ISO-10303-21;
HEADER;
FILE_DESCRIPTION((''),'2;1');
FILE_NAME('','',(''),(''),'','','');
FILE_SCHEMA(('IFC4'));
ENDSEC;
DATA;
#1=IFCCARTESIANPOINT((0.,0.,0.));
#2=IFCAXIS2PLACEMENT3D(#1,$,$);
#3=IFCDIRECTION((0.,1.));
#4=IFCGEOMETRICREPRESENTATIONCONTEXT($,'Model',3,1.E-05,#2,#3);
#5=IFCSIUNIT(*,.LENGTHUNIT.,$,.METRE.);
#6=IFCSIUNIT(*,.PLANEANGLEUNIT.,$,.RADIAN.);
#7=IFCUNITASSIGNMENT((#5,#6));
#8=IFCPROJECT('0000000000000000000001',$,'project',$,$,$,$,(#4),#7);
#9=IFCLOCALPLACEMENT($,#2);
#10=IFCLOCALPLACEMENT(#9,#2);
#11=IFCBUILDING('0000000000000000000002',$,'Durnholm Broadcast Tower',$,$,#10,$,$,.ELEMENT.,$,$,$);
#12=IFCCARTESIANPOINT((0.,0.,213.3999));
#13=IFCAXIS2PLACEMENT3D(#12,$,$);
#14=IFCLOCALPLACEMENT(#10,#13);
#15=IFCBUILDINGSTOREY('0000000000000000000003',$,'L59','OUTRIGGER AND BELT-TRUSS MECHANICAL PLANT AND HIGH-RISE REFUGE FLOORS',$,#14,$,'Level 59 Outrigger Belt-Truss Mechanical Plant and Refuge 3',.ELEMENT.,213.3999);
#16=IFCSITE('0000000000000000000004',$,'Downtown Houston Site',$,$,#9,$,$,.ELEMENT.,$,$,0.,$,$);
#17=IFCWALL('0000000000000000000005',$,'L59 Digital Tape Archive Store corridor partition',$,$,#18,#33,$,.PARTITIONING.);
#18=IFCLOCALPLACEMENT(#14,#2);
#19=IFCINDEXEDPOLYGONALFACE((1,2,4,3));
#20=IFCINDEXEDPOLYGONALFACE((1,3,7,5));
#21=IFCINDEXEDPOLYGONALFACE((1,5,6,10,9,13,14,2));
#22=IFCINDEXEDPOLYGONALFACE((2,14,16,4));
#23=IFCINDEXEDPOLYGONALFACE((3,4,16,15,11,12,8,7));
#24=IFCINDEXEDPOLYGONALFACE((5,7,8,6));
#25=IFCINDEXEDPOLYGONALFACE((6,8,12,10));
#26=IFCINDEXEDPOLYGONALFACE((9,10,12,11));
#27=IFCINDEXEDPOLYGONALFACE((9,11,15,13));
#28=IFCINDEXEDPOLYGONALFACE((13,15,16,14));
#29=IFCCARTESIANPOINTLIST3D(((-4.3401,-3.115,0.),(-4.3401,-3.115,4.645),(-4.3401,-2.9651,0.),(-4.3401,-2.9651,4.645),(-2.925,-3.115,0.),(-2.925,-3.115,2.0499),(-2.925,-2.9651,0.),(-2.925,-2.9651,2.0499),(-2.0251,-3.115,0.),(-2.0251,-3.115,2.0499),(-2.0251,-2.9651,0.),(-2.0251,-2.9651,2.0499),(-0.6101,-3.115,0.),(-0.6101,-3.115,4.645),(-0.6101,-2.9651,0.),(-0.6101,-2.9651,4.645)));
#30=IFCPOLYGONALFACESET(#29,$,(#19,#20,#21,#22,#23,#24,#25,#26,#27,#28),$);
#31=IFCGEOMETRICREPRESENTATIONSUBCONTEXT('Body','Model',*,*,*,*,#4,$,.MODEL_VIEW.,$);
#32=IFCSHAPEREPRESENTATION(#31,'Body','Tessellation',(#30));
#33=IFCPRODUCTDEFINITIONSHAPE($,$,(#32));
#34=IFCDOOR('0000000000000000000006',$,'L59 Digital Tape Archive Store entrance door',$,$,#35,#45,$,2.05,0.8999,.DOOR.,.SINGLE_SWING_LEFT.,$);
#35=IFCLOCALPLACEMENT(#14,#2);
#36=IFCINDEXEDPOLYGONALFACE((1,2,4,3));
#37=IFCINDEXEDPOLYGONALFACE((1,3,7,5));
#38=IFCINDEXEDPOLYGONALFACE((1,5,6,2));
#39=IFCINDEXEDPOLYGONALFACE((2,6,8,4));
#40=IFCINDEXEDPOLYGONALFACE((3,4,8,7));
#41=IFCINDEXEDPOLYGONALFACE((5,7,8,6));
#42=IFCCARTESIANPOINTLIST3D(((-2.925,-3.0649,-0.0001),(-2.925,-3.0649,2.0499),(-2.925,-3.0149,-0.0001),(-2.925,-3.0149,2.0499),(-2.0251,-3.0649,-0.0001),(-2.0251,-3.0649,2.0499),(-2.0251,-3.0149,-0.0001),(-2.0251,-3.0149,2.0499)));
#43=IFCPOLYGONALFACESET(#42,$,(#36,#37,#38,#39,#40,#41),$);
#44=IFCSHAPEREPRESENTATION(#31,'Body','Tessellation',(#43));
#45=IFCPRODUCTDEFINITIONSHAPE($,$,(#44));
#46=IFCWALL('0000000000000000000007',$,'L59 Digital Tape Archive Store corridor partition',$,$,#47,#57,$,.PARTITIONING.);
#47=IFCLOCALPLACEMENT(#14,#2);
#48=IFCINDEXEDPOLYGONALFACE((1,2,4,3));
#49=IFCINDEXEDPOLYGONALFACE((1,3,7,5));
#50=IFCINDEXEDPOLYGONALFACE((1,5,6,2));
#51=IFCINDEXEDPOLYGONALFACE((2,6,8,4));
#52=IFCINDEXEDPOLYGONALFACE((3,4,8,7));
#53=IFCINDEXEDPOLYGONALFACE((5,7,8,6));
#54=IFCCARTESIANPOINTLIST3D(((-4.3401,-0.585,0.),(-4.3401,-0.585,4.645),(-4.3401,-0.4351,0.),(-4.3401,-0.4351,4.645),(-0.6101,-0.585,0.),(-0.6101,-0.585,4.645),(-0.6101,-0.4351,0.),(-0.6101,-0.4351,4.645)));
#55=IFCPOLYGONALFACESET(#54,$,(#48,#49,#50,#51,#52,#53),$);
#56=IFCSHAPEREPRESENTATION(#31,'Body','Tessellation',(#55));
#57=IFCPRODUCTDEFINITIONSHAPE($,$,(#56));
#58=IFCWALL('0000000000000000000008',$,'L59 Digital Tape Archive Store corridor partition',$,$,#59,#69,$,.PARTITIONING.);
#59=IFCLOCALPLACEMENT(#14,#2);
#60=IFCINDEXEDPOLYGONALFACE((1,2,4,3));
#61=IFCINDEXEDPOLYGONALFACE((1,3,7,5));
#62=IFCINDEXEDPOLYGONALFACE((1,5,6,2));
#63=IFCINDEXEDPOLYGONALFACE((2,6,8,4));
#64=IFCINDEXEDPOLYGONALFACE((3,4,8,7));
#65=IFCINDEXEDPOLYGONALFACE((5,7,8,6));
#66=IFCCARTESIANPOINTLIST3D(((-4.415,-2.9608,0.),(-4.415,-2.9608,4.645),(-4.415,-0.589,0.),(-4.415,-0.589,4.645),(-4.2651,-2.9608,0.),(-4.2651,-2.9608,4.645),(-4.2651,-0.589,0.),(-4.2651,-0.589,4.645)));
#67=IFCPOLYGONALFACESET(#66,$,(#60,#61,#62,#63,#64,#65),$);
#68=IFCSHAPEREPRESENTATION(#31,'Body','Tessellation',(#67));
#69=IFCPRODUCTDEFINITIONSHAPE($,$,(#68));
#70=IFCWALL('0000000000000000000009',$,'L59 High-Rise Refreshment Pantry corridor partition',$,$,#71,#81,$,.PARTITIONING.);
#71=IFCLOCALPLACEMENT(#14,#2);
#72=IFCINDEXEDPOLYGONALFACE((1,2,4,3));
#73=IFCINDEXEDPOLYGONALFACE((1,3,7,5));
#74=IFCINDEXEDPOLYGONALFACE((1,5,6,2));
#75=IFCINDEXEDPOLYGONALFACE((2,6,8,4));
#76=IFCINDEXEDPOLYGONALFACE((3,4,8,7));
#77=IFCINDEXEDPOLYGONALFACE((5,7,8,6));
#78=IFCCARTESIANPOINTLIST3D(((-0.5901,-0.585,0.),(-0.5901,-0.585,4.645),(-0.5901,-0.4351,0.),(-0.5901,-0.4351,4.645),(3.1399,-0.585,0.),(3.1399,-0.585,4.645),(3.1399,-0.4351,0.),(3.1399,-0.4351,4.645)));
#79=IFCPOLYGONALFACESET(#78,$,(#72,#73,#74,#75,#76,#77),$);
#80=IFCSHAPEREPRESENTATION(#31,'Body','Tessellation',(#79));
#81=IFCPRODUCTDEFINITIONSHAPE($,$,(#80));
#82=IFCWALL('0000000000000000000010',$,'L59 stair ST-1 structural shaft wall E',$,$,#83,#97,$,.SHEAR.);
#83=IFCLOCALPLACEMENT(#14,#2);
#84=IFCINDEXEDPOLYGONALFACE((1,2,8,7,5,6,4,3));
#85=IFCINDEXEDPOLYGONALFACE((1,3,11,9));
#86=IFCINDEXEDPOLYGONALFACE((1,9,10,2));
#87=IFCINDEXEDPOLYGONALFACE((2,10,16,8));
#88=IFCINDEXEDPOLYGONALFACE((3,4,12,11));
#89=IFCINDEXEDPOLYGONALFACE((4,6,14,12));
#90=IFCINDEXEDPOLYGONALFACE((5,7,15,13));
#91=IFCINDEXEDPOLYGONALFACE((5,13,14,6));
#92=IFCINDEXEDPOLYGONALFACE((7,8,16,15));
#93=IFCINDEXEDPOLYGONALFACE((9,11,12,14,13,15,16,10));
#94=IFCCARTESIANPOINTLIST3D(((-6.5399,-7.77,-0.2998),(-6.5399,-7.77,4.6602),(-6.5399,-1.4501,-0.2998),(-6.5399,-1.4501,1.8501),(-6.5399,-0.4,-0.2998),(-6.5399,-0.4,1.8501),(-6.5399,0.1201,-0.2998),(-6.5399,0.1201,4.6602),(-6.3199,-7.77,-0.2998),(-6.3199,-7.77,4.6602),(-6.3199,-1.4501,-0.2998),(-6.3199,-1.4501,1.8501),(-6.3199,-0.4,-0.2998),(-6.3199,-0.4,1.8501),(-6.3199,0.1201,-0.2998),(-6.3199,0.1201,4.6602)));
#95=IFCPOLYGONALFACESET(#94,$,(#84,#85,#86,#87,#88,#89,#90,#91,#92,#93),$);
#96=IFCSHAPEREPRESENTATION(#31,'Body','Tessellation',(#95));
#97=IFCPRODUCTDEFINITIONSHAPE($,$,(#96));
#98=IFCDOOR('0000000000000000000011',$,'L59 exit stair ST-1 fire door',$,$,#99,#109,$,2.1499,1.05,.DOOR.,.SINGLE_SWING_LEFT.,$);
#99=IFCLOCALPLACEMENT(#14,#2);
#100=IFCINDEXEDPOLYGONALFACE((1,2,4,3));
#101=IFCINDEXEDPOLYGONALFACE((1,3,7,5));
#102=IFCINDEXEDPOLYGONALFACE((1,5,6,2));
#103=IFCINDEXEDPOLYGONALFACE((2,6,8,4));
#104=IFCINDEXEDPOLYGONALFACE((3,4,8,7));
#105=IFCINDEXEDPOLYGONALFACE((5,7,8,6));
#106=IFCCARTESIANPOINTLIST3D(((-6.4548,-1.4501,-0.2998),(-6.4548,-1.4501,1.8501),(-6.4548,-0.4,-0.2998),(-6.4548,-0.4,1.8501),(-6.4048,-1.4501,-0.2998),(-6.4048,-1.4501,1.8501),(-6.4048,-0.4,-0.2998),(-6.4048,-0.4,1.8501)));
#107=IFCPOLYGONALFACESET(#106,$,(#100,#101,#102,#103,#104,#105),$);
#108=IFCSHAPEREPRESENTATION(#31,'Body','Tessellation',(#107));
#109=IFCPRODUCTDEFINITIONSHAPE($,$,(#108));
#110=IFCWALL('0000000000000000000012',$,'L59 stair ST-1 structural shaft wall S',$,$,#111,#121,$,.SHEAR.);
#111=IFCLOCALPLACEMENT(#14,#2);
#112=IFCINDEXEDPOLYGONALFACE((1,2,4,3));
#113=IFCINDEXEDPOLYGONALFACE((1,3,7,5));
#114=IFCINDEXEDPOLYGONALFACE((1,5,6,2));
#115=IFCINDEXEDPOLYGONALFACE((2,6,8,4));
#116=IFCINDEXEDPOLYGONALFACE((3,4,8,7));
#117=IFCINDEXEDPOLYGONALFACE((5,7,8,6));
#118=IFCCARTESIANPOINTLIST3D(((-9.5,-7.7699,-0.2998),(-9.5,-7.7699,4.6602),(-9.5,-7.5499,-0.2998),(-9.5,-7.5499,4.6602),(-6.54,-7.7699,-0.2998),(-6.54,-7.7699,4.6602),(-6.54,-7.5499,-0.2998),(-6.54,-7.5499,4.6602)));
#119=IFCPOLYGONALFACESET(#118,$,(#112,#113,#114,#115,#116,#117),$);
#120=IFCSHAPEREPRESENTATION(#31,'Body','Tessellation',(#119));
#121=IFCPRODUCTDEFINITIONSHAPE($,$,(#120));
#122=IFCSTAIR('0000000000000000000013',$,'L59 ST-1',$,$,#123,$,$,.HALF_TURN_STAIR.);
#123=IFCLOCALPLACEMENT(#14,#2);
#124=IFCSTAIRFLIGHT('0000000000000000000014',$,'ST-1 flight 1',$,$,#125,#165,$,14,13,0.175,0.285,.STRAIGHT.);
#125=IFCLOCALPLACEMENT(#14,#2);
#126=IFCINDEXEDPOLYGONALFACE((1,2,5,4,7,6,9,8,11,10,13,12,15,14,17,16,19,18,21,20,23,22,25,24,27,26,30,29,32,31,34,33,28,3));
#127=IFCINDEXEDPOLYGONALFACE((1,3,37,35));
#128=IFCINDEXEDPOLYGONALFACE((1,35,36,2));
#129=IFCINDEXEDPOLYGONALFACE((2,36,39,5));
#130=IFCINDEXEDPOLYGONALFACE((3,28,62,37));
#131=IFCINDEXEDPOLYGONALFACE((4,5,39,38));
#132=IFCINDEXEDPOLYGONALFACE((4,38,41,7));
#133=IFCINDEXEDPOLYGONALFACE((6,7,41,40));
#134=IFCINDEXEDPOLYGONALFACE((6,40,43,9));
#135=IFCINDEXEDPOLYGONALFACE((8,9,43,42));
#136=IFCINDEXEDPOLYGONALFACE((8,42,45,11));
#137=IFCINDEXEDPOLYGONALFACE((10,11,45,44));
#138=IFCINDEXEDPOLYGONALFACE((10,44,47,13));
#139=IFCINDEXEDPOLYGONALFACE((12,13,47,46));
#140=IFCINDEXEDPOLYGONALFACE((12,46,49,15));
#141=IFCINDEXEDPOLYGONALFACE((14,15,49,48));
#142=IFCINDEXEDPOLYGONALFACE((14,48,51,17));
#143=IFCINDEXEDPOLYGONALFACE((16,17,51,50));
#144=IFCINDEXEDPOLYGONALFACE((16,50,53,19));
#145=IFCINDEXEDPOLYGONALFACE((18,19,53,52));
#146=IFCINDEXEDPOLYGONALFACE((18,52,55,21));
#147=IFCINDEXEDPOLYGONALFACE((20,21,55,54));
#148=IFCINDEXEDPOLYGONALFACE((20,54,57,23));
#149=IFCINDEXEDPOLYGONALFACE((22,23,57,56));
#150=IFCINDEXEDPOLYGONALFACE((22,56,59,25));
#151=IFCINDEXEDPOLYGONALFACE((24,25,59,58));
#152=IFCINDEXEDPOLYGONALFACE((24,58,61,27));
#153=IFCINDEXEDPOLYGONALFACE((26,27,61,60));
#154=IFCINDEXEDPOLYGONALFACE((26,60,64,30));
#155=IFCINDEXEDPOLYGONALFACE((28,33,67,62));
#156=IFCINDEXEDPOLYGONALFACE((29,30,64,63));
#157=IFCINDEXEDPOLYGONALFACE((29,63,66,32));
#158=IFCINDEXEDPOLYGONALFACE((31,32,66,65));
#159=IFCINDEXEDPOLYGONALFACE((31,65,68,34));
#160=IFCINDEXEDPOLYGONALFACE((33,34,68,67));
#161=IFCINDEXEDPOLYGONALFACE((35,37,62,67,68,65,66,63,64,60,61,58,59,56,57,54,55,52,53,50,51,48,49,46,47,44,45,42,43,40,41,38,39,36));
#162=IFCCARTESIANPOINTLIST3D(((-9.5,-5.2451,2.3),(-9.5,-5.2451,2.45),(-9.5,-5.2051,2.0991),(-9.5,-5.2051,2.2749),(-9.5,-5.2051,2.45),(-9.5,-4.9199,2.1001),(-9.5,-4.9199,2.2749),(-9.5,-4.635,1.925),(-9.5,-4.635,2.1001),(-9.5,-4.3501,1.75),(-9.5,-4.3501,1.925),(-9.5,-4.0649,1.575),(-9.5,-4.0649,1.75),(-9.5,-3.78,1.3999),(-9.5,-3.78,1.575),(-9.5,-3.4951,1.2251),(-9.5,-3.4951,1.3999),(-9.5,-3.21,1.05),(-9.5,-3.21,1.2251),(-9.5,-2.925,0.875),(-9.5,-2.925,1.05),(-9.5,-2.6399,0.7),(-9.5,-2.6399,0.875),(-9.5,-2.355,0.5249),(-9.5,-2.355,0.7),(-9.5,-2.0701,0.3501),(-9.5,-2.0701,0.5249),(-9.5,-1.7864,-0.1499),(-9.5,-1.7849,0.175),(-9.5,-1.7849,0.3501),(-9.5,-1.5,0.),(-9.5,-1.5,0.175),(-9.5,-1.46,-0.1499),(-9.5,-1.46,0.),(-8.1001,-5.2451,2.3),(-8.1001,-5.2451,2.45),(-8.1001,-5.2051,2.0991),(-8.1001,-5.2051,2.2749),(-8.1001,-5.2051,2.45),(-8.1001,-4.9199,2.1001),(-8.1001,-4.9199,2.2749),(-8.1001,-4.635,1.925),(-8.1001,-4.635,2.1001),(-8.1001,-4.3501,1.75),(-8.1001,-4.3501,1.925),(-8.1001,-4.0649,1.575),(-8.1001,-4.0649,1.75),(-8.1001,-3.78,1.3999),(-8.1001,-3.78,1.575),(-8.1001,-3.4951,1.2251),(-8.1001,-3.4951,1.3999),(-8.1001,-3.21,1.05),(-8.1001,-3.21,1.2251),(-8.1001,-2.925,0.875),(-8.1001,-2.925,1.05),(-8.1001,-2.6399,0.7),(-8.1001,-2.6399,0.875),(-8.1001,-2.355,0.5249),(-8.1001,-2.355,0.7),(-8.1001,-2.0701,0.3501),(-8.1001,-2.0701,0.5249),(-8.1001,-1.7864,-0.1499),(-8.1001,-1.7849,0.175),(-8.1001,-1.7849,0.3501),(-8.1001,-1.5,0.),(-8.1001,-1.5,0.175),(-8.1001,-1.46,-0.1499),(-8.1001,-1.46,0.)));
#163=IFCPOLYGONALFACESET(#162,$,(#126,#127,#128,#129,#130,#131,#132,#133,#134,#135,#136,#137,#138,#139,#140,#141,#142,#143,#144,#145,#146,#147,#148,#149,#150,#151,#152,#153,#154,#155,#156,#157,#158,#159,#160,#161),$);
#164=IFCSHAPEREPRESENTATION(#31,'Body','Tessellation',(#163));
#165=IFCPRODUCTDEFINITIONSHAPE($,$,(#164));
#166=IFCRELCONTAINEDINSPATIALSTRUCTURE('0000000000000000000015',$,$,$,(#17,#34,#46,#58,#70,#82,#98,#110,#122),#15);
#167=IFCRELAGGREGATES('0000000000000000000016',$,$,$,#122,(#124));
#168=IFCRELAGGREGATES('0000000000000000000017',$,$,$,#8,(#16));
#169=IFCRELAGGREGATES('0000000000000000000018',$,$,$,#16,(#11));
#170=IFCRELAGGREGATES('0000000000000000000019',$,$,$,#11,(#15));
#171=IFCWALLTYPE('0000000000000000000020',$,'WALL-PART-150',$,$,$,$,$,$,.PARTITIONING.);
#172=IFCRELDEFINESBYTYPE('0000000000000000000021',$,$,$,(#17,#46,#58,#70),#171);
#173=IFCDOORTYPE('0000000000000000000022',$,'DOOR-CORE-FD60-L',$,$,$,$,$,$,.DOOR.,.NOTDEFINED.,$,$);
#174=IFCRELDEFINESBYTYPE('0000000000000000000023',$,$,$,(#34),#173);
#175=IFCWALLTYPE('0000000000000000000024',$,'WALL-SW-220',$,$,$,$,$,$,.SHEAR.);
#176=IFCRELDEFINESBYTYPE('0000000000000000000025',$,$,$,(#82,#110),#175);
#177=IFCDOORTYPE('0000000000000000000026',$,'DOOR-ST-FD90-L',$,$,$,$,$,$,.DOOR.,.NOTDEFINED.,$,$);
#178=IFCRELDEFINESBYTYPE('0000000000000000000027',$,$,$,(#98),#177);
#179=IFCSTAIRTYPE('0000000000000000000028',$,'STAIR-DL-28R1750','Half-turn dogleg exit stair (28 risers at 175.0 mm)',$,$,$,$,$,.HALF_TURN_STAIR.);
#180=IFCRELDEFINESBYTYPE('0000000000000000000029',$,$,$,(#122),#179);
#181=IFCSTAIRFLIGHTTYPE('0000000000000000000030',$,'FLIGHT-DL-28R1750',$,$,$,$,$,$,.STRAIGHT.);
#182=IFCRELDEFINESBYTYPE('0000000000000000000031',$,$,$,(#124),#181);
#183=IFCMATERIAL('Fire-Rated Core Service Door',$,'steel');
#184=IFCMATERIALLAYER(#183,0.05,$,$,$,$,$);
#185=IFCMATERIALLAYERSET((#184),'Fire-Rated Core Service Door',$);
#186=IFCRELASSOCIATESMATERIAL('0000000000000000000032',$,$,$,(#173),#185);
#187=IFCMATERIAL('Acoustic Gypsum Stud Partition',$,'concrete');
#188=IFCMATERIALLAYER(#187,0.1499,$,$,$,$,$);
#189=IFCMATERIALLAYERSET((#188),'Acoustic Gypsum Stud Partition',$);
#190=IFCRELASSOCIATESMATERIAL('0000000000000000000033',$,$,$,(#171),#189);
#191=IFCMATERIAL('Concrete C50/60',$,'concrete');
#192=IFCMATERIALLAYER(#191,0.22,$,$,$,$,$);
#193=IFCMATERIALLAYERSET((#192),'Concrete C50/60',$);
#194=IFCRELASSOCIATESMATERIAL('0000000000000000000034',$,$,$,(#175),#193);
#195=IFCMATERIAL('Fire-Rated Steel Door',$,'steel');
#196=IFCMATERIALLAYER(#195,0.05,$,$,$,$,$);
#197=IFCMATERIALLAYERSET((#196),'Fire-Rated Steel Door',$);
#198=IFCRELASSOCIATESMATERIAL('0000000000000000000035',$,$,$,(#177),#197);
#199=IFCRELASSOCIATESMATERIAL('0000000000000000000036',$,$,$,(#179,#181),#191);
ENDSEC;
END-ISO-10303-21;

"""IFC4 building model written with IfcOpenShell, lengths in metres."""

from ifc_helpers import new_model, si_unit, direction, frame, frame_2d, origin, place, context, subcontext, project, spatial, polyline, rectangle, outline, extrude, source, transform, mapped, material, layer, layer_set, type_object, type_shapes, element, fill, aggregate, save


model = new_model("IFC4")

# Units and contexts
model_context = context("Model", 3, precision=1e-05, world=origin(), true_north=direction((0.0, 1.0)))
body_context = subcontext(model_context, "Body", "Model", "MODEL_VIEW")
ifc_project = project(units=[si_unit("LENGTHUNIT", "METRE"), si_unit("PLANEANGLEUNIT", "RADIAN")], contexts=[model_context])

# Site, building, storey
site_placement = place(None, origin())
site = spatial("IfcSite", under=ifc_project, at=site_placement, Name="Downtown Houston Site", CompositionType="ELEMENT", RefElevation=0.0)
building_placement = place(site_placement, origin())
building = spatial("IfcBuilding", under=site, at=building_placement, Name="Durnholm Broadcast Tower", CompositionType="ELEMENT")
storey_placement = place(building_placement, frame((0.0, 0.0, 213.3999)))
storey = spatial("IfcBuildingStorey", under=building, at=storey_placement, Name="L59", Description="OUTRIGGER AND BELT-TRUSS MECHANICAL PLANT AND HIGH-RISE REFUGE FLOORS", LongName="Level 59 Outrigger Belt-Truss Mechanical Plant and Refuge 3", CompositionType="ELEMENT", Elevation=213.3999)

# Shared definitions
ifc_material_1 = material(Name="Fire-Rated Core Service Door", Category="steel")
ifc_layer_1 = layer(ifc_material_1, 0.05)
ifc_layer_set_1 = layer_set([ifc_layer_1], Name="Fire-Rated Core Service Door")
door_type_1 = type_object("IfcDoorType", Name="DOOR-CORE-FD60-L", OperationType="NOTDEFINED", PredefinedType="DOOR", material=ifc_layer_set_1)
shared_shape_1 = source(origin(), body_context, "Body", "SweptSolid", [
    extrude(rectangle(XDim=0.8999, YDim=2.05, at=frame_2d((0.45, 1.0249))), frame((0.0, 0.0249, 0.0), z_axis=(0.0, -1.0, 0.0), x_axis=(1.0, 0.0, 0.0)), (0.0, 0.0, 1.0), 0.05),
])
type_shapes(door_type_1, [shared_shape_1])

# Wall, opening, door
ifc_material_2 = material(Name="Acoustic Gypsum Stud Partition", Category="concrete")
ifc_layer_2 = layer(ifc_material_2, 0.1499)
ifc_layer_set_2 = layer_set([ifc_layer_2], Name="Acoustic Gypsum Stud Partition")
wall_type_1 = type_object("IfcWallType", Name="WALL-PART-150", PredefinedType="PARTITIONING", material=ifc_layer_set_2)
wall_1_placement = place(storey_placement, frame((-0.6101, -3.04, 0.0), z_axis=(0.0, 0.0, 1.0), x_axis=(-1.0, 0.0, 0.0)))
wall_1 = element("IfcWall", 1, at=wall_1_placement, inside=storey, type_object=wall_type_1, Name="L59 Digital Tape Archive Store corridor partition", PredefinedType="PARTITIONING", context=body_context, shape_type="SweptSolid", body=[
    extrude(rectangle(XDim=3.73, YDim=0.1499, at=frame_2d((1.865, 0.0))), origin(), (0.0, 0.0, 1.0), 4.645),
])
opening_1_placement = place(wall_1_placement, frame((1.415, 0.0, 0.0)))
opening_1 = element("IfcOpeningElement", 2, at=opening_1_placement, cuts=wall_1, PredefinedType="OPENING", context=body_context, shape_type="SweptSolid", body=[
    extrude(rectangle(XDim=0.8999, YDim=2.05, at=frame_2d((0.45, 1.0249))), frame((0.0, 0.085, 0.0), z_axis=(0.0, -1.0, 0.0), x_axis=(1.0, 0.0, 0.0)), (0.0, 0.0, 1.0), 0.1699),
])
door_1_placement = place(opening_1_placement, origin())
door_1 = element("IfcDoor", 3, at=door_1_placement, inside=storey, type_object=door_type_1, Name="L59 Digital Tape Archive Store entrance door", OperationType="SINGLE_SWING_LEFT", OverallHeight=2.05, OverallWidth=0.8999, PredefinedType="DOOR", context=body_context, shape_type="MappedRepresentation", body=[
    mapped(shared_shape_1, transform((0.0, 0.0, 0.0), x_axis=(1.0, 0.0, 0.0), y_axis=(0.0, 1.0, 0.0), z_axis=(0.0, 0.0, 1.0), scale=1.0)),
])
fill(opening_1, door_1)

# Walls
wall_2_placement = place(storey_placement, frame((-4.3401, -0.51, 0.0), z_axis=(0.0, 0.0, 1.0), x_axis=(1.0, 0.0, 0.0)))
element("IfcWall", 4, at=wall_2_placement, inside=storey, type_object=wall_type_1, Name="L59 Digital Tape Archive Store corridor partition", PredefinedType="PARTITIONING", context=body_context, shape_type="SweptSolid", body=[
    extrude(rectangle(XDim=3.73, YDim=0.1499, at=frame_2d((1.865, 0.0))), origin(), (0.0, 0.0, 1.0), 4.645),
])
wall_3_placement = place(storey_placement, frame((-4.3401, -2.9609, 0.0), z_axis=(0.0, 0.0, 1.0), x_axis=(0.0, 1.0, 0.0)))
element("IfcWall", 5, at=wall_3_placement, inside=storey, type_object=wall_type_1, Name="L59 Digital Tape Archive Store corridor partition", PredefinedType="PARTITIONING", context=body_context, shape_type="SweptSolid", body=[
    extrude(rectangle(XDim=2.3718, YDim=0.1499, at=frame_2d((1.186, 0.0))), origin(), (0.0, 0.0, 1.0), 4.645),
])
wall_4_placement = place(storey_placement, frame((-0.5901, -0.51, 0.0), z_axis=(0.0, 0.0, 1.0), x_axis=(1.0, 0.0, 0.0)))
element("IfcWall", 6, at=wall_4_placement, inside=storey, type_object=wall_type_1, Name="L59 High-Rise Refreshment Pantry corridor partition", PredefinedType="PARTITIONING", context=body_context, shape_type="SweptSolid", body=[
    extrude(rectangle(XDim=3.73, YDim=0.1499, at=frame_2d((1.865, 0.0))), origin(), (0.0, 0.0, 1.0), 4.645),
])

# Wall, opening, door
ifc_material_3 = material(Name="Concrete C50/60", Category="concrete")
ifc_layer_3 = layer(ifc_material_3, 0.22)
ifc_layer_set_3 = layer_set([ifc_layer_3], Name="Concrete C50/60")
wall_type_2 = type_object("IfcWallType", Name="WALL-SW-220", PredefinedType="SHEAR", material=ifc_layer_set_3)
wall_5_placement = place(storey_placement, frame((-6.4299, -7.77, -0.2998), z_axis=(0.0, 0.0, 1.0), x_axis=(0.0, 1.0, 0.0)))
wall_5 = element("IfcWall", 7, at=wall_5_placement, inside=storey, type_object=wall_type_2, Name="L59 stair ST-1 structural shaft wall E", PredefinedType="SHEAR", context=body_context, shape_type="SweptSolid", body=[
    extrude(rectangle(XDim=7.8901, YDim=0.22, at=frame_2d((3.9451, 0.0))), origin(), (0.0, 0.0, 1.0), 4.96),
])
opening_2_placement = place(wall_5_placement, frame((6.3201, 0.0, 0.0)))
opening_2 = element("IfcOpeningElement", 8, at=opening_2_placement, cuts=wall_5, PredefinedType="OPENING", context=body_context, shape_type="SweptSolid", body=[
    extrude(rectangle(XDim=1.05, YDim=2.1499, at=frame_2d((0.5249, 1.075))), frame((0.0, 0.1201, 0.0), z_axis=(0.0, -1.0, 0.0), x_axis=(1.0, 0.0, 0.0)), (0.0, 0.0, 1.0), 0.24),
])
ifc_material_4 = material(Name="Fire-Rated Steel Door", Category="steel")
ifc_layer_4 = layer(ifc_material_4, 0.05)
ifc_layer_set_4 = layer_set([ifc_layer_4], Name="Fire-Rated Steel Door")
door_type_2 = type_object("IfcDoorType", Name="DOOR-ST-FD90-L", OperationType="NOTDEFINED", PredefinedType="DOOR", material=ifc_layer_set_4)
shared_shape_2 = source(origin(), body_context, "Body", "SweptSolid", [
    extrude(rectangle(XDim=1.05, YDim=2.1499, at=frame_2d((0.5249, 1.075))), frame((0.0, 0.0249, 0.0), z_axis=(0.0, -1.0, 0.0), x_axis=(1.0, 0.0, 0.0)), (0.0, 0.0, 1.0), 0.05),
])
type_shapes(door_type_2, [shared_shape_2])
door_2_placement = place(opening_2_placement, origin())
door_2 = element("IfcDoor", 9, at=door_2_placement, inside=storey, type_object=door_type_2, Name="L59 exit stair ST-1 fire door", OperationType="SINGLE_SWING_LEFT", OverallHeight=2.1499, OverallWidth=1.05, PredefinedType="DOOR", context=body_context, shape_type="MappedRepresentation", body=[
    mapped(shared_shape_2, transform((0.0, 0.0, 0.0), x_axis=(1.0, 0.0, 0.0), y_axis=(0.0, 1.0, 0.0), z_axis=(0.0, 0.0, 1.0), scale=1.0)),
])
fill(opening_2, door_2)

# Wall
wall_6_placement = place(storey_placement, frame((-9.5, -7.6599, -0.2998), z_axis=(0.0, 0.0, 1.0), x_axis=(1.0, 0.0, 0.0)))
element("IfcWall", 10, at=wall_6_placement, inside=storey, type_object=wall_type_2, Name="L59 stair ST-1 structural shaft wall S", PredefinedType="SHEAR", context=body_context, shape_type="SweptSolid", body=[
    extrude(rectangle(XDim=2.96, YDim=0.22, at=frame_2d((1.48, 0.0))), origin(), (0.0, 0.0, 1.0), 4.96),
])

# Stair, stair flight
stair_type = type_object("IfcStairType", Name="STAIR-DL-28R1750", Description="Half-turn dogleg exit stair (28 risers at 175.0 mm)", PredefinedType="HALF_TURN_STAIR", material=ifc_material_3)
stair_placement = place(storey_placement, origin())
stair = element("IfcStair", 11, at=stair_placement, inside=storey, type_object=stair_type, Name="L59 ST-1", PredefinedType="HALF_TURN_STAIR")
stair_flight_type = type_object("IfcStairFlightType", Name="FLIGHT-DL-28R1750", PredefinedType="STRAIGHT", material=ifc_material_3)
stair_flight_1_placement = place(storey_placement, frame((-8.8, -1.5, 0.0), z_axis=(0.0, 0.0, 1.0), x_axis=(0.0, -1.0, 0.0)))
stair_flight_1 = element("IfcStairFlight", 12, at=stair_flight_1_placement, type_object=stair_flight_type, Name="ST-1 flight 1", NumberOfRisers=14, NumberOfTreads=13, PredefinedType="STRAIGHT", RiserHeight=0.175, TreadLength=0.285, context=body_context, shape_type="SweptSolid", body=[
    extrude(outline(polyline([(-0.04, -0.1499), (-0.04, 0.0), (0.0, 0.0), (0.0, 0.175), (0.2849, 0.175), (0.2849, 0.3501), (0.5701, 0.3501), (0.5701, 0.5249), (0.855, 0.5249), (0.855, 0.7), (1.1399, 0.7), (1.1399, 0.875), (1.425, 0.875), (1.425, 1.05), (1.71, 1.05), (1.71, 1.2251), (1.9951, 1.2251), (1.9951, 1.3999), (2.28, 1.3999), (2.28, 1.575), (2.5649, 1.575), (2.5649, 1.75), (2.8501, 1.75), (2.8501, 1.925), (3.135, 1.925), (3.135, 2.1001), (3.4199, 2.1001), (3.4199, 2.2749), (3.7051, 2.2749), (3.7051, 2.45), (3.7451, 2.45), (3.7451, 2.3), (3.7051, 2.0991), (0.2864, -0.1499), (-0.04, -0.1499)])), frame((0.0, 0.7, 0.0), z_axis=(0.0, -1.0, 0.0), x_axis=(1.0, 0.0, 0.0)), (0.0, 0.0, 1.0), 1.3999),
])
aggregate(stair, [stair_flight_1])

save(model, "model.ifc")
